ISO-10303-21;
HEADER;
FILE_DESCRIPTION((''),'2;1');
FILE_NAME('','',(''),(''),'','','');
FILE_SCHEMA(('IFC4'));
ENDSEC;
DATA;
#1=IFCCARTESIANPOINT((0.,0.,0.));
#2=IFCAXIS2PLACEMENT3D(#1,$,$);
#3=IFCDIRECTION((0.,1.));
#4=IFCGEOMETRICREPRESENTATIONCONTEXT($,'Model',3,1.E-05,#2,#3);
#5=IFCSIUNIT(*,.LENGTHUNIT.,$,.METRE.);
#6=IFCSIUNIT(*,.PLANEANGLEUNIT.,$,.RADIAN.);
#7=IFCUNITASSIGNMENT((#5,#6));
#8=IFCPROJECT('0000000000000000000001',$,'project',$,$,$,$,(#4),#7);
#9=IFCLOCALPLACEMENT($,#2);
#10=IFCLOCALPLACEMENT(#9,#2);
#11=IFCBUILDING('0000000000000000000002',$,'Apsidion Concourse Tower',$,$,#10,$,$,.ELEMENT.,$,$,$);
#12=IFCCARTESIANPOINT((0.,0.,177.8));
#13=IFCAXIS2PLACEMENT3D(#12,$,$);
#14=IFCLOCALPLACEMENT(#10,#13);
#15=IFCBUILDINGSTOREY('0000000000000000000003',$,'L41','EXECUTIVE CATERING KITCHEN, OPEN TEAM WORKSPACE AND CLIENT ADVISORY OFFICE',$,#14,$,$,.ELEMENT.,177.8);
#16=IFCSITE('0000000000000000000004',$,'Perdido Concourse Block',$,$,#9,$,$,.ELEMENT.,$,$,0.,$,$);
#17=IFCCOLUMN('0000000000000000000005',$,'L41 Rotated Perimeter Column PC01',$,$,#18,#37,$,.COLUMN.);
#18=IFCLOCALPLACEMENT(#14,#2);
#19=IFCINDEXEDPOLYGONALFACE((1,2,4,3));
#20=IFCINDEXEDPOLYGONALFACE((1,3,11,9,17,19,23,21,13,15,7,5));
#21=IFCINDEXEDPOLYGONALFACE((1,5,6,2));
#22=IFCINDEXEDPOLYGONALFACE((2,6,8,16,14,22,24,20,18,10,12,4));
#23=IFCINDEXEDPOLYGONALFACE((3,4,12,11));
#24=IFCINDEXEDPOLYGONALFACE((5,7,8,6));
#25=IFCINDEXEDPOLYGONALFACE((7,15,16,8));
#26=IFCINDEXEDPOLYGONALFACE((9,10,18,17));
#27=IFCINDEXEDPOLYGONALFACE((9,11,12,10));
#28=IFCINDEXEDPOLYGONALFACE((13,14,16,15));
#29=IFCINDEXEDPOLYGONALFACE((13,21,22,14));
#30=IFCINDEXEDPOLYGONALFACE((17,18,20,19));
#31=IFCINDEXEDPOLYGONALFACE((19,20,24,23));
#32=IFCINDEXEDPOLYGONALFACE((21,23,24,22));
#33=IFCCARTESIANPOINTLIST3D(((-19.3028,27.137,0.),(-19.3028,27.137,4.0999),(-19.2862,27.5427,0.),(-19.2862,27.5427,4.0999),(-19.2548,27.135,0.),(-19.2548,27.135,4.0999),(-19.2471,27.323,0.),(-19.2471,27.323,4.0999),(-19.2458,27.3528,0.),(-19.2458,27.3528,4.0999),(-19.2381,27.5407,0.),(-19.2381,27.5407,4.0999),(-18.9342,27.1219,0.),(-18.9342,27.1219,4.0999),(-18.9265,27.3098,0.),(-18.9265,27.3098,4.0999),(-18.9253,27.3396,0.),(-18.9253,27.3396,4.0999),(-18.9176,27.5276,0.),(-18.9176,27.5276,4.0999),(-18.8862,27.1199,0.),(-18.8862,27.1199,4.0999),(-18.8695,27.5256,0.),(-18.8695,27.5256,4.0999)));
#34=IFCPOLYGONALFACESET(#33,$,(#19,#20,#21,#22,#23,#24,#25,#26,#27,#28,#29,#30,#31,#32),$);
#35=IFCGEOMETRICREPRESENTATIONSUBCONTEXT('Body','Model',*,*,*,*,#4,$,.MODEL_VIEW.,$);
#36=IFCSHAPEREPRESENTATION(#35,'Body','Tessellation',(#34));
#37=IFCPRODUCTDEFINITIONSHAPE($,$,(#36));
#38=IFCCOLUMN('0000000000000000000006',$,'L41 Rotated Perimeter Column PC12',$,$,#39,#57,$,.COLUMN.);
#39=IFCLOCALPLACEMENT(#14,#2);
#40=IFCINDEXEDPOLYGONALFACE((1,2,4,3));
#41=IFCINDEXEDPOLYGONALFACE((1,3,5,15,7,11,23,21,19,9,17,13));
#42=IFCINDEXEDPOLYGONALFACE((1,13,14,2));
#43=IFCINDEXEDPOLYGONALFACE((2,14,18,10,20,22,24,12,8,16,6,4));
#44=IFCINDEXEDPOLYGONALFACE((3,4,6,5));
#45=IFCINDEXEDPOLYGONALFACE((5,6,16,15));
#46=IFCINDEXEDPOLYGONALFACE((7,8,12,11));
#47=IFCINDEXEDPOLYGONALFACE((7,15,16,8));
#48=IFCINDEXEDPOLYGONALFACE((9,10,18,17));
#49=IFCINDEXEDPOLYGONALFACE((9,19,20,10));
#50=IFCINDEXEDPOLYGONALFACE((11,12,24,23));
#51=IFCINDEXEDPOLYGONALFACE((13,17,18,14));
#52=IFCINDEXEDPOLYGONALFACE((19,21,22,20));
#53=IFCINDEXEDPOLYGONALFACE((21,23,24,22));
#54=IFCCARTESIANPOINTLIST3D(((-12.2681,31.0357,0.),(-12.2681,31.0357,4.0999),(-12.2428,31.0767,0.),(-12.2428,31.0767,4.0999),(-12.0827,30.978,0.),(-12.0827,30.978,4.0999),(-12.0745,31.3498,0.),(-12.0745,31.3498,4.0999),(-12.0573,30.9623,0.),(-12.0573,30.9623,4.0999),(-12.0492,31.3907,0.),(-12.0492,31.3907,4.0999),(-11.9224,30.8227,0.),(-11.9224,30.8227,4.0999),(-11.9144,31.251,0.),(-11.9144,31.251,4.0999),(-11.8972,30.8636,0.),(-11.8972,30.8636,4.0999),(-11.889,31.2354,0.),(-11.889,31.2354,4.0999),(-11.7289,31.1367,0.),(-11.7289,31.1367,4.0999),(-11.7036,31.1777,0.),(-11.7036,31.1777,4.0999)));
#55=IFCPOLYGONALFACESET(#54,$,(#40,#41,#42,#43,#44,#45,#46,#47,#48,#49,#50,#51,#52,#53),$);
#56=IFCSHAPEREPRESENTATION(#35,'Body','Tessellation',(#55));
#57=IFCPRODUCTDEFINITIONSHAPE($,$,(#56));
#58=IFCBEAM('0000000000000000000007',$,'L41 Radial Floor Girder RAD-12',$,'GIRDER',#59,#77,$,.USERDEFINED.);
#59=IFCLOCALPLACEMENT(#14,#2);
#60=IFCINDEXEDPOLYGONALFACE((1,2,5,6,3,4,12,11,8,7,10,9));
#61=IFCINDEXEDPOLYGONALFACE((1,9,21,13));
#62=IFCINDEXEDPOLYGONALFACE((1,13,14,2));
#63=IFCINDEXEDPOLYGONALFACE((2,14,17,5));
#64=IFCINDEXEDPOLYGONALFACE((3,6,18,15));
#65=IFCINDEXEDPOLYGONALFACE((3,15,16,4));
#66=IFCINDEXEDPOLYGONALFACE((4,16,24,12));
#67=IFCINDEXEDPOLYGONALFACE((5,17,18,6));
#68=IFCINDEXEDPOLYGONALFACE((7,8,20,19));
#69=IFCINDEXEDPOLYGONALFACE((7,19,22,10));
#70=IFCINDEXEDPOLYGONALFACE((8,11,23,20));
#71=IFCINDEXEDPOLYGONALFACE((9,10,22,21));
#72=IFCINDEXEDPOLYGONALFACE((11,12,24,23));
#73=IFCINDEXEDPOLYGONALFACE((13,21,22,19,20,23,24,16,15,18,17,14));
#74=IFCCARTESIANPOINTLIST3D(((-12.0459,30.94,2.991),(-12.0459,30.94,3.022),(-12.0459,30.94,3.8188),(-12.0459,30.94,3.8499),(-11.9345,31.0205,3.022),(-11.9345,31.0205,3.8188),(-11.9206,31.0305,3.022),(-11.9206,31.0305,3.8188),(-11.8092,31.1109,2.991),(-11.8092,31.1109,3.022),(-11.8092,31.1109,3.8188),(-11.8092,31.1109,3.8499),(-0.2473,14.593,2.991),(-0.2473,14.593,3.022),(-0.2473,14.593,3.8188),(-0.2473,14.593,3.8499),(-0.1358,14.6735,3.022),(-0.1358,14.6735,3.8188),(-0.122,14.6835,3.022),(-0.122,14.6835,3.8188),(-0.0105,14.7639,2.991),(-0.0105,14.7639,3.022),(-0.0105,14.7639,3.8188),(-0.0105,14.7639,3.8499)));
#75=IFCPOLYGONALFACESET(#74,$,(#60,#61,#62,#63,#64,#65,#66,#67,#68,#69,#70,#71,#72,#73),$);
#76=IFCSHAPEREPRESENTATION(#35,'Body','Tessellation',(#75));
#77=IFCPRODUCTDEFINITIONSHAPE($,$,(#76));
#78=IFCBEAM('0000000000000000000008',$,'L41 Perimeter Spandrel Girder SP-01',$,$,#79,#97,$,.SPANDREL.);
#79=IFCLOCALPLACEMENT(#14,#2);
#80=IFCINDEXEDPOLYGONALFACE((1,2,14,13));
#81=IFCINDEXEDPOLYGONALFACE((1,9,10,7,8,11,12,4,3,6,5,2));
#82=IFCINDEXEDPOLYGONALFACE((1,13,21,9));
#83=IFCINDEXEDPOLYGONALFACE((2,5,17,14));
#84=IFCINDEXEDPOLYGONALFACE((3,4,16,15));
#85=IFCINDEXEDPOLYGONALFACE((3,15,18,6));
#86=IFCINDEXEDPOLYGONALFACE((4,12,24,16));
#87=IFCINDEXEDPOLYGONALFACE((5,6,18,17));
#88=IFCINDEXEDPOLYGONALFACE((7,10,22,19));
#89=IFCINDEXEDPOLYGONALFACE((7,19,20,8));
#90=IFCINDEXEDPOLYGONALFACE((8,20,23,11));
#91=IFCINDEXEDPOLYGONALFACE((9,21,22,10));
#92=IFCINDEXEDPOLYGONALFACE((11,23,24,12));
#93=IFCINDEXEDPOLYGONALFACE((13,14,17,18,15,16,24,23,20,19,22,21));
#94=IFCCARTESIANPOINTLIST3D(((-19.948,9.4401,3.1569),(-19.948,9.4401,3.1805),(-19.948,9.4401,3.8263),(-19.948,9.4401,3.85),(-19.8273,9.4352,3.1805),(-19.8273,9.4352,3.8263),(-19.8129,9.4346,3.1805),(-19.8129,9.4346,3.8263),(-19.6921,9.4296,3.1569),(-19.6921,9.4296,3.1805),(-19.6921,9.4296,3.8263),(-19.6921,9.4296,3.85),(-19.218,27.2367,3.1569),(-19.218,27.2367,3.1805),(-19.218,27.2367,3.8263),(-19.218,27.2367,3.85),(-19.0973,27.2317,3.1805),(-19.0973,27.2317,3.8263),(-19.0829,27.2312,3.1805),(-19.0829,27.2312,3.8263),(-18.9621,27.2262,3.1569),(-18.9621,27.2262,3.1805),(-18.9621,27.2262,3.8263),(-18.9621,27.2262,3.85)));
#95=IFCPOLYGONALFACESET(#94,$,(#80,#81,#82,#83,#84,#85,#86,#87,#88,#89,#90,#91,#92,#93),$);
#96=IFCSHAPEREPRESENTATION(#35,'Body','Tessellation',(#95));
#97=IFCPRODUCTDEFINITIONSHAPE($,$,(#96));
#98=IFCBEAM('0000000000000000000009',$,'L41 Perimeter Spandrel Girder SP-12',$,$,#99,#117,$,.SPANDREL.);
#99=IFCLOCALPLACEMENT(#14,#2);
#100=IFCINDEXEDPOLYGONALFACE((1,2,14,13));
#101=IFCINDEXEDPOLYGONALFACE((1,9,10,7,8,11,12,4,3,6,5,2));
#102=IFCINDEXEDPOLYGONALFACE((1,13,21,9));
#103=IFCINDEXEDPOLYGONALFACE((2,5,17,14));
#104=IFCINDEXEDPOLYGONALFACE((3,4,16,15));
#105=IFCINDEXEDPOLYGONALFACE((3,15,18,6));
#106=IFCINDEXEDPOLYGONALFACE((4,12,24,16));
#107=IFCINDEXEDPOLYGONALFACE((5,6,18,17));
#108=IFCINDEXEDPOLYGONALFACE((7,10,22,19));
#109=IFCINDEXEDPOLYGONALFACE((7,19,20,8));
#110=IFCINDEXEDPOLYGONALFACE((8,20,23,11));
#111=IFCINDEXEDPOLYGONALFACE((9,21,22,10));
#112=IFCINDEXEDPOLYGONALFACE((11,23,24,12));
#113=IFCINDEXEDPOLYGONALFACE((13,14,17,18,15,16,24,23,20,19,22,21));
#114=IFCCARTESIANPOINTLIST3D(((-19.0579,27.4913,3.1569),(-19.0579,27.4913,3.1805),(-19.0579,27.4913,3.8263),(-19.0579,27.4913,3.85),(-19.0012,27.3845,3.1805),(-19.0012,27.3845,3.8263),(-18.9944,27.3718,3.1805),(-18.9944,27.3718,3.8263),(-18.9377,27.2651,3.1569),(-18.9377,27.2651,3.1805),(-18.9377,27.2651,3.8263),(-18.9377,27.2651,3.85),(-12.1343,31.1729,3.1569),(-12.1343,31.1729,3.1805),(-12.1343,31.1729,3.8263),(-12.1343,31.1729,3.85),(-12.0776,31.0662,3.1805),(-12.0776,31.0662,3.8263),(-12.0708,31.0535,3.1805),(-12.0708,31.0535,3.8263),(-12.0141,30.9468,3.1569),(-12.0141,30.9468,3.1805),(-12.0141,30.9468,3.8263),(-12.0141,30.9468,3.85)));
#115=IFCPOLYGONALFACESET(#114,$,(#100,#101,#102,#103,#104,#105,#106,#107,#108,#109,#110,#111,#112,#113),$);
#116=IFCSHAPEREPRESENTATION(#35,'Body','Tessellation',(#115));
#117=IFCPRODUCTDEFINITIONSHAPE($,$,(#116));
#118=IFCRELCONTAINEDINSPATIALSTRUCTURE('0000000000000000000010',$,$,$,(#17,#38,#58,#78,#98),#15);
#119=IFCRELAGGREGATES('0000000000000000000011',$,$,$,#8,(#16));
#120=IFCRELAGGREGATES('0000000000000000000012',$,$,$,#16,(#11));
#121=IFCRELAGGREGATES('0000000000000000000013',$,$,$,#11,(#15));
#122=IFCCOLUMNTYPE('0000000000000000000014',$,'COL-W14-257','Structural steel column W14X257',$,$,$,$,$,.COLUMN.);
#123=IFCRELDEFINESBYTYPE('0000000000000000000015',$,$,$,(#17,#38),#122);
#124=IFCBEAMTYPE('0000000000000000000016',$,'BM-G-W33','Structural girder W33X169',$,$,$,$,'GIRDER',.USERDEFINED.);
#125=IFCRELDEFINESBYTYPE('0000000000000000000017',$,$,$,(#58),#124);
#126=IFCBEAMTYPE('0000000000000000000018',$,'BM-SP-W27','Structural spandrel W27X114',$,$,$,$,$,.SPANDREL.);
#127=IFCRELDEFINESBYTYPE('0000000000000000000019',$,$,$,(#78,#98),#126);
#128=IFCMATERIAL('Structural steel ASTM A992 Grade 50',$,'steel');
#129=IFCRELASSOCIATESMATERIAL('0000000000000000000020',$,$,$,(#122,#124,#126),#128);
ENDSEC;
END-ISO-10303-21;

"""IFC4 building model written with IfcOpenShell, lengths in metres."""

from ifc_helpers import new_model, si_unit, direction, frame, origin, origin_2d, place, context, subcontext, project, spatial, i_section, extrude, material, material_profile, profile_set, type_object, element, save


model = new_model("IFC4")

# Units and contexts
model_context = context("Model", 3, precision=1e-05, world=origin(), true_north=direction((0.0, 1.0)))
body_context = subcontext(model_context, "Body", "Model", "MODEL_VIEW")
ifc_project = project(units=[si_unit("LENGTHUNIT", "METRE"), si_unit("PLANEANGLEUNIT", "RADIAN")], contexts=[model_context])

# Site, building, storey
site_placement = place(None, origin())
site = spatial("IfcSite", under=ifc_project, at=site_placement, Name="Perdido Concourse Block", CompositionType="ELEMENT", RefElevation=0.0)
building_placement = place(site_placement, origin())
building = spatial("IfcBuilding", under=site, at=building_placement, Name="Apsidion Concourse Tower", CompositionType="ELEMENT")
storey_placement = place(building_placement, frame((0.0, 0.0, 177.8)))
storey = spatial("IfcBuildingStorey", under=building, at=storey_placement, Name="L41", Description="EXECUTIVE CATERING KITCHEN, OPEN TEAM WORKSPACE AND CLIENT ADVISORY OFFICE", CompositionType="ELEMENT", Elevation=177.8)

# Columns
ifc_material_1 = material(Name="Structural steel ASTM A992 Grade 50", Category="steel")
ifc_material_profile_1 = material_profile(ifc_material_1, i_section(OverallWidth=0.406, OverallDepth=0.417, WebThickness=0.0298, FlangeThickness=0.0481, at=origin_2d()), Name="W14X257")
ifc_profile_set_1 = profile_set([ifc_material_profile_1], Name="Structural steel ASTM A992 Grade 50")
column_type = type_object("IfcColumnType", Name="COL-W14-257", Description="Structural steel column W14X257", PredefinedType="COLUMN", material=ifc_profile_set_1)
for number, where, z_axis, x_axis, name in (
    (1, (-19.0862, 27.3313, 0.0), (0.0, 0.0, 1.0), (0.041004, 0.999159, 0.0), "L41 Rotated Perimeter Column PC01"),
    (2, (-11.9858, 31.1067, 0.0), (0.0, 0.0, 1.0), (-0.851269, 0.524729, 0.0), "L41 Rotated Perimeter Column PC12"),
):
    element("IfcColumn", number, at=place(storey_placement, frame(where, z_axis=z_axis, x_axis=x_axis)), inside=storey, type_object=column_type, Name=name, PredefinedType="COLUMN", context=body_context, shape_type="SweptSolid", body=[
        extrude(i_section(OverallWidth=0.406, OverallDepth=0.417, WebThickness=0.0298, FlangeThickness=0.0481, at=origin_2d()), origin(), (0.0, 0.0, 1.0), 4.0999),
    ])

# Beams
ifc_material_profile_2 = material_profile(ifc_material_1, i_section(OverallWidth=0.292, OverallDepth=0.8589, WebThickness=0.0171, FlangeThickness=0.031, at=origin_2d()), Name="W33X169")
ifc_profile_set_2 = profile_set([ifc_material_profile_2], Name="Structural steel ASTM A992 Grade 50")
beam_type_1 = type_object("IfcBeamType", Name="BM-G-W33", Description="Structural girder W33X169", ElementType="GIRDER", PredefinedType="USERDEFINED", material=ifc_profile_set_2)
beam_1_placement = place(storey_placement, frame((-0.1289, 14.6785, 3.4204), z_axis=(-0.585245, 0.810856, 0.0), x_axis=(-0.810856, -0.585245, 0.0)))
element("IfcBeam", 3, at=beam_1_placement, inside=storey, type_object=beam_type_1, Name="L41 Radial Floor Girder RAD-12", ObjectType="GIRDER", PredefinedType="USERDEFINED", context=body_context, shape_type="SweptSolid", body=[
    extrude(i_section(OverallWidth=0.292, OverallDepth=0.8589, WebThickness=0.0171, FlangeThickness=0.031, at=origin_2d()), origin(), (0.0, 0.0, 1.0), 20.1602),
])
ifc_material_profile_3 = material_profile(ifc_material_1, i_section(OverallWidth=0.2561, OverallDepth=0.6931, WebThickness=0.0144, FlangeThickness=0.0237, at=origin_2d()), Name="W27X114")
ifc_profile_set_3 = profile_set([ifc_material_profile_3], Name="Structural steel ASTM A992 Grade 50")
beam_type_2 = type_object("IfcBeamType", Name="BM-SP-W27", Description="Structural spandrel W27X114", PredefinedType="SPANDREL", material=ifc_profile_set_3)
beam_2_placement = place(storey_placement, frame((-19.0901, 27.2314, 3.5034), z_axis=(-0.040983, -0.99916, 0.0), x_axis=(0.99916, -0.040983, 0.0)))
element("IfcBeam", 4, at=beam_2_placement, inside=storey, type_object=beam_type_2, Name="L41 Perimeter Spandrel Girder SP-01", PredefinedType="SPANDREL", context=body_context, shape_type="SweptSolid", body=[
    extrude(i_section(OverallWidth=0.2561, OverallDepth=0.6931, WebThickness=0.0144, FlangeThickness=0.0237, at=origin_2d()), origin(), (0.0, 0.0, 1.0), 17.8115),
])
beam_3_placement = place(storey_placement, frame((-12.0742, 31.0598, 3.5034), z_axis=(-0.882931, -0.469502, 0.0), x_axis=(0.469502, -0.882931, 0.0)))
element("IfcBeam", 5, at=beam_3_placement, inside=storey, type_object=beam_type_2, Name="L41 Perimeter Spandrel Girder SP-12", PredefinedType="SPANDREL", context=body_context, shape_type="SweptSolid", body=[
    extrude(i_section(OverallWidth=0.2561, OverallDepth=0.6931, WebThickness=0.0144, FlangeThickness=0.0237, at=origin_2d()), origin(), (0.0, 0.0, 1.0), 7.8416),
])

save(model, "model.ifc")
